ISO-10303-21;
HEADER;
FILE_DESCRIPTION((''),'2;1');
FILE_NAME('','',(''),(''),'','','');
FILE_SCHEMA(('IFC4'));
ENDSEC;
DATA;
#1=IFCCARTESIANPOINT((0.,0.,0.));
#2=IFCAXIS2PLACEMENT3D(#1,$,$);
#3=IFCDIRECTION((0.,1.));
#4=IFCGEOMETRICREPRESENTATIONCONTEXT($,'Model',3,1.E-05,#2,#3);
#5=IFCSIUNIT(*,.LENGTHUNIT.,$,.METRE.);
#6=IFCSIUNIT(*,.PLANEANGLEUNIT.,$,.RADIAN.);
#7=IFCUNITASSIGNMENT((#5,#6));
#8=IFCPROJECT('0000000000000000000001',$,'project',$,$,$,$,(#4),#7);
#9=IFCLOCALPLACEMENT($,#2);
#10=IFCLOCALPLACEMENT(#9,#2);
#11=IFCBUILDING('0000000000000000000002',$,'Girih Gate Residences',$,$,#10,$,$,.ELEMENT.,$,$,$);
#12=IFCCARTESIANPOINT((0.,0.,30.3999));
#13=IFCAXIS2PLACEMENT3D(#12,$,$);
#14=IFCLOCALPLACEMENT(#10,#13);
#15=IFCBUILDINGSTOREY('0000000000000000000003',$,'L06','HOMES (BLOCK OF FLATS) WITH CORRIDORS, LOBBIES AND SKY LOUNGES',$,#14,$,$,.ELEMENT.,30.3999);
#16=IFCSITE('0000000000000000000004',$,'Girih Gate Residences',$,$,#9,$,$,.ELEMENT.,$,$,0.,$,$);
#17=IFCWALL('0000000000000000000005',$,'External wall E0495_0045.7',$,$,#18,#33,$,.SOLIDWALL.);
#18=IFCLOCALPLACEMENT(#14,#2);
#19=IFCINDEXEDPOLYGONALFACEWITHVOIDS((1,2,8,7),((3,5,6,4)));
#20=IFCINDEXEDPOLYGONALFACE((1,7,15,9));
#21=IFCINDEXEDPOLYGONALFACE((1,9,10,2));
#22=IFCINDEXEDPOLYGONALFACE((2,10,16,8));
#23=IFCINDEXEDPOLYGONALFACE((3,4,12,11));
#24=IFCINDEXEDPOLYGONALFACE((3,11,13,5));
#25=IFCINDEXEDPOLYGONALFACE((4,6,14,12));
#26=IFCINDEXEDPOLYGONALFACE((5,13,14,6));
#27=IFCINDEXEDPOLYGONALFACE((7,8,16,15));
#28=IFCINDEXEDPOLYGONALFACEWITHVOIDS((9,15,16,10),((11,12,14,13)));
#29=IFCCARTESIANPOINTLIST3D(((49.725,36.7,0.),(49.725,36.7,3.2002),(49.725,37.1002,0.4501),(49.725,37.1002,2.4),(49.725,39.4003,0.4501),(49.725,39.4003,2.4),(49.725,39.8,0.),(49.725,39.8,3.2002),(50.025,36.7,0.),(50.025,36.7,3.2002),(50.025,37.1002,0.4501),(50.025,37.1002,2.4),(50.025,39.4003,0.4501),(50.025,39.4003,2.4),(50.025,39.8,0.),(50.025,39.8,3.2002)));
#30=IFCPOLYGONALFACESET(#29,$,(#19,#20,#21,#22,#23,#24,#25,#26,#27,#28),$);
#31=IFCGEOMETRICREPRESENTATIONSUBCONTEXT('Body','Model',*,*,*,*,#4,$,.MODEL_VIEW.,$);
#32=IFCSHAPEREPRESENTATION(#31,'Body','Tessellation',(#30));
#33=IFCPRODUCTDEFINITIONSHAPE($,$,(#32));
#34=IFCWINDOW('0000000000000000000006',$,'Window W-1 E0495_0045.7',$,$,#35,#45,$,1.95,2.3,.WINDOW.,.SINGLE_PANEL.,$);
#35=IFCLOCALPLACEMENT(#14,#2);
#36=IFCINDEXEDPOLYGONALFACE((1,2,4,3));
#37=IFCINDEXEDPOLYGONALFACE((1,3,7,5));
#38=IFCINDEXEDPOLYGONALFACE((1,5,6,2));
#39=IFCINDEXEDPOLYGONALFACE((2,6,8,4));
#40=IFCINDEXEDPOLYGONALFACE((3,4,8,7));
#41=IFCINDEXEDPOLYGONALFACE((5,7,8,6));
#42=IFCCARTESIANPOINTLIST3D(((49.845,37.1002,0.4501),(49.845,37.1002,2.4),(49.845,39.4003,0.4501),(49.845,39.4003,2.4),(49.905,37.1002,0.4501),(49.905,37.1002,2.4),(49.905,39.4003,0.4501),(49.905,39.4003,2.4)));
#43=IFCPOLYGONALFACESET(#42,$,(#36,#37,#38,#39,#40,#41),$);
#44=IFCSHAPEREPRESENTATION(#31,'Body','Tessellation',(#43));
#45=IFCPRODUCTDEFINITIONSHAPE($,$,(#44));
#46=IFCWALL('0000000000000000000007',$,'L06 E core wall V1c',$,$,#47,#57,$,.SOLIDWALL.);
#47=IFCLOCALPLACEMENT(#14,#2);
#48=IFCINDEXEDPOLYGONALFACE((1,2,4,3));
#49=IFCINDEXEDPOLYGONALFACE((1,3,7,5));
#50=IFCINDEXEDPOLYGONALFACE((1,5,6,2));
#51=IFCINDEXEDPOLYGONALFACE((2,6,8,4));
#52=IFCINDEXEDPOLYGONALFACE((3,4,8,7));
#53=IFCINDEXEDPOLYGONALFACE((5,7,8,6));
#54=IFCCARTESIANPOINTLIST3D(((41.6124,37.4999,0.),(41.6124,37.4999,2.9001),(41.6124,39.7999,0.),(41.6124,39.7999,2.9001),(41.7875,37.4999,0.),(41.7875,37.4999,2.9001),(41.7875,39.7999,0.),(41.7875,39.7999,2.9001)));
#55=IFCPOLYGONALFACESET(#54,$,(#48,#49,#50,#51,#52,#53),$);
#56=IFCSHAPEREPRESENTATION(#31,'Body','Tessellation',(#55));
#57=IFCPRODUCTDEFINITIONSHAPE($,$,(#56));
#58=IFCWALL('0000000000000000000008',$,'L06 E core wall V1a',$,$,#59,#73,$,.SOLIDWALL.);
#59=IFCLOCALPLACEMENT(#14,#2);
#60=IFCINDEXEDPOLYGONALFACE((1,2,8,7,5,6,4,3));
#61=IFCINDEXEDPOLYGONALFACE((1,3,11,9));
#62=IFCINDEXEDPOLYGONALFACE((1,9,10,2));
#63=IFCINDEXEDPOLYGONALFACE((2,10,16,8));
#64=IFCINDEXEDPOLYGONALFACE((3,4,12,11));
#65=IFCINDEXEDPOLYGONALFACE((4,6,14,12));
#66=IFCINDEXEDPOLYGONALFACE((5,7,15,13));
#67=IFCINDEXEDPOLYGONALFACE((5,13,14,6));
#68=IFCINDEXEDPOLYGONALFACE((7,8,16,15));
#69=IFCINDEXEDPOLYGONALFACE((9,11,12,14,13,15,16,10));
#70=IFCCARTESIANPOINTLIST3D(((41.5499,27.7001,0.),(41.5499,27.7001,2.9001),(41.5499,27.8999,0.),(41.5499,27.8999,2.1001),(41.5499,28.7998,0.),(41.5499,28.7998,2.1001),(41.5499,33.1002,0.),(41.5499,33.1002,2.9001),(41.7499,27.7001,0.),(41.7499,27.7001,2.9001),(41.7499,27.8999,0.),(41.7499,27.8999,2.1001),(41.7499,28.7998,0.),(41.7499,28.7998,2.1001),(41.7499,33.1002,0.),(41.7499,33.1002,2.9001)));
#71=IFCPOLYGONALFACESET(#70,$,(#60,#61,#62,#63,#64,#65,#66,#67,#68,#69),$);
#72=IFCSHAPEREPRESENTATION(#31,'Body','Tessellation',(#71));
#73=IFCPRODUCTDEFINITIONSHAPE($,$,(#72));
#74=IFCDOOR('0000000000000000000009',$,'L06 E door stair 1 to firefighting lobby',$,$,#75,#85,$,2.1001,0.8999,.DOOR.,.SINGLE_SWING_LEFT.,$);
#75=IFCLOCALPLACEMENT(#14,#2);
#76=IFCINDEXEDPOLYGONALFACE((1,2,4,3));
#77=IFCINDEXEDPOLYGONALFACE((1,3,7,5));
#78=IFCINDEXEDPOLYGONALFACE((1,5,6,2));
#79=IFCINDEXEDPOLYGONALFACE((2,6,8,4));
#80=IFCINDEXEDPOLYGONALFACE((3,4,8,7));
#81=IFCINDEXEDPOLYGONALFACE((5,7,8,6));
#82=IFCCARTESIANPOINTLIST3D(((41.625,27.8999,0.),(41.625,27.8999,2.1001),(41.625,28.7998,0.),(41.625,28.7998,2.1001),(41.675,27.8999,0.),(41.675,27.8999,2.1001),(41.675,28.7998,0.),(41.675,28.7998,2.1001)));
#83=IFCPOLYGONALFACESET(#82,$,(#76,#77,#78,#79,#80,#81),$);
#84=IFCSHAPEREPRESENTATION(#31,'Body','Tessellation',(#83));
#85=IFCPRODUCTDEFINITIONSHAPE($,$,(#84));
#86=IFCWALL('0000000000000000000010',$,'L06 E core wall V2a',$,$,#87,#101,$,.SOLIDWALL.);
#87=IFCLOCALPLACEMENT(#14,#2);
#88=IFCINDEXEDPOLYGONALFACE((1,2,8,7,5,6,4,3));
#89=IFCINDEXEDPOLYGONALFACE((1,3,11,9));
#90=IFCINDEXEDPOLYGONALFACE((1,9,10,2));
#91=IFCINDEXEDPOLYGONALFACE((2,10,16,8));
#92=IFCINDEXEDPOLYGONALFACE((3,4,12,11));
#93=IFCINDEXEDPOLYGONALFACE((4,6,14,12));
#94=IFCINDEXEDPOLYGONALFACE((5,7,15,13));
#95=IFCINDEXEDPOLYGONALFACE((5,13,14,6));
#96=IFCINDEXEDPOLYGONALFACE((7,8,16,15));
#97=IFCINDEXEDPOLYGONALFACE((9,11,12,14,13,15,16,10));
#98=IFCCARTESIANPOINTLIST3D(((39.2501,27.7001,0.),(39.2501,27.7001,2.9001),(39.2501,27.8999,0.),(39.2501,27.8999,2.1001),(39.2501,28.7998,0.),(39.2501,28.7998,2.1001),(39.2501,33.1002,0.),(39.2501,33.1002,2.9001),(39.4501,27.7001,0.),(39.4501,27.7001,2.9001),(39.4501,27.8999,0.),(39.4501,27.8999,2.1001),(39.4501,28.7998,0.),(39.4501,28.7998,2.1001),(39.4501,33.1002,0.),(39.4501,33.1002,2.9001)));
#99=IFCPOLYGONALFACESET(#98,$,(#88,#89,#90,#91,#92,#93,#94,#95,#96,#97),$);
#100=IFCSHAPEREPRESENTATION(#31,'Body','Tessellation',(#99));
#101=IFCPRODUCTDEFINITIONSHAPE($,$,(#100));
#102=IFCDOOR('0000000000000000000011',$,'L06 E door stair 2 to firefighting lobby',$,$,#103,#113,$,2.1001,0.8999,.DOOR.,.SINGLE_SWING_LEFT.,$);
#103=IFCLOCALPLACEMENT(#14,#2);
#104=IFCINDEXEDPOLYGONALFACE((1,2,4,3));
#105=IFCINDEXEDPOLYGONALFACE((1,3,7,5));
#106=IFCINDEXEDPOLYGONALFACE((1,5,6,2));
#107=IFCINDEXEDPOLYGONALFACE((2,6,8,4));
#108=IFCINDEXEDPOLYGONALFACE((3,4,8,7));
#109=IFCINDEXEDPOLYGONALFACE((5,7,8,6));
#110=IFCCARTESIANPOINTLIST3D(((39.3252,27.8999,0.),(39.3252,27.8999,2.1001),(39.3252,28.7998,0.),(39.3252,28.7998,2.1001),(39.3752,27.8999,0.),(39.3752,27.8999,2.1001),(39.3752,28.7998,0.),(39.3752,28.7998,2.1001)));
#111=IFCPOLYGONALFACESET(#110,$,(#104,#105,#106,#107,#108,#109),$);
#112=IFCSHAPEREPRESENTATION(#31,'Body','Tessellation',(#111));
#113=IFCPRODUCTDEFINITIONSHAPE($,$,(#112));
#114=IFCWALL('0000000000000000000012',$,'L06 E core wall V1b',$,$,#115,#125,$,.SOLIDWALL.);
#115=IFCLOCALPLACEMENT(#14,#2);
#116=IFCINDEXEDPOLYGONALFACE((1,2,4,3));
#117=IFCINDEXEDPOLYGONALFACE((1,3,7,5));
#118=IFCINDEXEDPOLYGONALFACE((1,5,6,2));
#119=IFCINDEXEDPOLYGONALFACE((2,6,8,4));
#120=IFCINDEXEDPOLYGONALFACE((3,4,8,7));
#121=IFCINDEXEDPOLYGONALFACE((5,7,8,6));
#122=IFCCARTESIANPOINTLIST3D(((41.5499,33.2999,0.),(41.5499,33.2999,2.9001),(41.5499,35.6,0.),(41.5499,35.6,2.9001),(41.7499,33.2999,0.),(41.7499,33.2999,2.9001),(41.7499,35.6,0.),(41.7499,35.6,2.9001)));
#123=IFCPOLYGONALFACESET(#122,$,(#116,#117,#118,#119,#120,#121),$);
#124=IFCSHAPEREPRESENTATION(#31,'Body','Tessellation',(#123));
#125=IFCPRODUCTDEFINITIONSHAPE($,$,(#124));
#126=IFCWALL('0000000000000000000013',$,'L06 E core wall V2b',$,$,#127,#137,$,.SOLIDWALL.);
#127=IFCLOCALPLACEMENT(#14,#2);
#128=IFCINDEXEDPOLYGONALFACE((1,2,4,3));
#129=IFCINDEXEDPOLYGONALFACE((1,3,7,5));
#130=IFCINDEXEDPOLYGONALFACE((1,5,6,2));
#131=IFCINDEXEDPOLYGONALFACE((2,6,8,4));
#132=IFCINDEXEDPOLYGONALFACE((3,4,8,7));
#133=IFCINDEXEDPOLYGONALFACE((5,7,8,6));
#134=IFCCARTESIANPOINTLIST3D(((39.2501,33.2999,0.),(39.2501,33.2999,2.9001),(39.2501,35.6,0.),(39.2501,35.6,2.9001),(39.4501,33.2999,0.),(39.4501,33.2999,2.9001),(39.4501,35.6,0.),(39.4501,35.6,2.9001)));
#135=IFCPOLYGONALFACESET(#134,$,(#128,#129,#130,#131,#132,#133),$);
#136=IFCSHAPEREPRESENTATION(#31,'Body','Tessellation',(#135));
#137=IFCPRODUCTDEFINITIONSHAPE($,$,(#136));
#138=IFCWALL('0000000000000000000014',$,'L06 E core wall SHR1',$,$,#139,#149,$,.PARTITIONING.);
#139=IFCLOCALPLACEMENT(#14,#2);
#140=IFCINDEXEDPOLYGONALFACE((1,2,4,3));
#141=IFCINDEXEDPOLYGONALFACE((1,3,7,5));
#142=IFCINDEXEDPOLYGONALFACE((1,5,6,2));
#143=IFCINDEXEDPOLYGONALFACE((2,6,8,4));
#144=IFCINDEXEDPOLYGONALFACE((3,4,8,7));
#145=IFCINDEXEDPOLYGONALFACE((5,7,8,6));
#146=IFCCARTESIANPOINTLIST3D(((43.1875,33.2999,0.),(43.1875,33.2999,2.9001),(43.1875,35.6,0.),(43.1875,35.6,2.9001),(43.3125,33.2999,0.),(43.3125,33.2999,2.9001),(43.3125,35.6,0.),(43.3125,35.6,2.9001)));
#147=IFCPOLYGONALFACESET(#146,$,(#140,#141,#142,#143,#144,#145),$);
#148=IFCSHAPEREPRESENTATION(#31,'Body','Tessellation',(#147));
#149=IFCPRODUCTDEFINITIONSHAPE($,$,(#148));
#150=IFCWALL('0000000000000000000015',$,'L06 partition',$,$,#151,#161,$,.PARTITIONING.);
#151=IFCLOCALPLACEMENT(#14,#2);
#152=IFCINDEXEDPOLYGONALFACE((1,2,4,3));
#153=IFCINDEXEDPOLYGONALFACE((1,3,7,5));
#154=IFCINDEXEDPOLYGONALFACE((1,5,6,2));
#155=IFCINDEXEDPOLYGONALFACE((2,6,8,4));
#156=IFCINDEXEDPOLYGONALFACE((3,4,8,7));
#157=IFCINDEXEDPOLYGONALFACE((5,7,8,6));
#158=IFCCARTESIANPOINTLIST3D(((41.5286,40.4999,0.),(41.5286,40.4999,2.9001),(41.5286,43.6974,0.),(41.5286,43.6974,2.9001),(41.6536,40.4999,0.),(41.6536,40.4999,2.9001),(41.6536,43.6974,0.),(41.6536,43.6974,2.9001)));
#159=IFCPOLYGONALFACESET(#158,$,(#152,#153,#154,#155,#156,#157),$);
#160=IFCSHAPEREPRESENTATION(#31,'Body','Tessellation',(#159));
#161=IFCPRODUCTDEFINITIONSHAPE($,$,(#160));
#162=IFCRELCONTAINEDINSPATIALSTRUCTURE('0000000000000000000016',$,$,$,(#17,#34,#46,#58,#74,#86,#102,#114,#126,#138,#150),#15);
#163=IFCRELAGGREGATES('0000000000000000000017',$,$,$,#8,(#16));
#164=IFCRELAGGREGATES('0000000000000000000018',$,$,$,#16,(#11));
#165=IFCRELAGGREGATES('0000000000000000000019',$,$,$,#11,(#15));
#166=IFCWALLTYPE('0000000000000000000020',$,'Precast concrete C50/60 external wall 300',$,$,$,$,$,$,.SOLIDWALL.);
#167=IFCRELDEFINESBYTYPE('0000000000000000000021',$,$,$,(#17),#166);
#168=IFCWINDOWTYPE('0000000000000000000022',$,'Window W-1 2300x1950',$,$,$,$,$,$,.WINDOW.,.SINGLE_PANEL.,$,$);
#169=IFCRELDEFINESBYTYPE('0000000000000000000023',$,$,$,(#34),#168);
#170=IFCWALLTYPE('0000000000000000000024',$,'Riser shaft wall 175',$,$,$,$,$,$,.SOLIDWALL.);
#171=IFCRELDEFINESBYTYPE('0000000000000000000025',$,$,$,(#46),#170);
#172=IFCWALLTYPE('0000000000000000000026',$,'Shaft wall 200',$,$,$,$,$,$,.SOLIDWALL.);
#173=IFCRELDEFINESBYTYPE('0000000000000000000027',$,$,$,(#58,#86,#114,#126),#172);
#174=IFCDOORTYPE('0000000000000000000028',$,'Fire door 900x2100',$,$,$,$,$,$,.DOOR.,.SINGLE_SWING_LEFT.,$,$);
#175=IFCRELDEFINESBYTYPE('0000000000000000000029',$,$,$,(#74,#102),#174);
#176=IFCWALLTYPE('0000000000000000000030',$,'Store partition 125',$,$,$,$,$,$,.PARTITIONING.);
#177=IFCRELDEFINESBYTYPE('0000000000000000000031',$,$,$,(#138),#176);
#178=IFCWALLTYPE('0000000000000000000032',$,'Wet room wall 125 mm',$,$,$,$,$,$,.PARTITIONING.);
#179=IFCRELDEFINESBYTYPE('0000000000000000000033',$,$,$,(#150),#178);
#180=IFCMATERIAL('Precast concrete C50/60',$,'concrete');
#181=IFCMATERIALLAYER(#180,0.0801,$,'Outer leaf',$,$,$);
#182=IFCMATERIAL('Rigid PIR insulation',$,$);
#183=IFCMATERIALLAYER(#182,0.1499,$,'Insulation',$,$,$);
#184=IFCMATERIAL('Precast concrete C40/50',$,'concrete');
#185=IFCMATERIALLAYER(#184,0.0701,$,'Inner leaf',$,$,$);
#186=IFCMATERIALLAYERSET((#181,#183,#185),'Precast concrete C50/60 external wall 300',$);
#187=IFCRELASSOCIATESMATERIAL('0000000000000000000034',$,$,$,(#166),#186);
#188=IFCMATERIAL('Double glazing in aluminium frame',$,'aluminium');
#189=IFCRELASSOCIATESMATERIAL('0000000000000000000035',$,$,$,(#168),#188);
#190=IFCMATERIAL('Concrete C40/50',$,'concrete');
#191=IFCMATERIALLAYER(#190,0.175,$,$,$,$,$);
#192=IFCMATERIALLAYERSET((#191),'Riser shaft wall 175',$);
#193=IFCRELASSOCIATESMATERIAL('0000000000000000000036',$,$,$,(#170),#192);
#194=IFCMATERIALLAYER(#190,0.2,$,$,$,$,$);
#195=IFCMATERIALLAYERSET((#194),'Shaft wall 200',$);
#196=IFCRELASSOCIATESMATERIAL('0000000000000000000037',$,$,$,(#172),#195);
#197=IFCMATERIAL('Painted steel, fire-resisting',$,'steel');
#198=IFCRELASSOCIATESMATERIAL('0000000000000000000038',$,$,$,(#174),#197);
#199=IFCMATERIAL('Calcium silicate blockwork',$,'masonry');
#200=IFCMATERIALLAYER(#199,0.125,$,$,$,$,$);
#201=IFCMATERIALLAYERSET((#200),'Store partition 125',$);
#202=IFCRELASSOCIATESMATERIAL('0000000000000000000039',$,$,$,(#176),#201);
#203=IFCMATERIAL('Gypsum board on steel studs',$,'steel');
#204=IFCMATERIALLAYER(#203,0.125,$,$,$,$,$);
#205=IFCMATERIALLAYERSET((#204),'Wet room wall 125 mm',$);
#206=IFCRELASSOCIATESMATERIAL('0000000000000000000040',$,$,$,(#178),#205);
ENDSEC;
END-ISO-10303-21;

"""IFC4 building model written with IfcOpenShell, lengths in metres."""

from ifc_helpers import new_model, si_unit, direction, frame, frame_2d, origin, place, context, subcontext, project, spatial, rectangle, extrude, material, layer, layer_set, type_object, element, fill, save


model = new_model("IFC4")

# Units and contexts
model_context = context("Model", 3, precision=1e-05, world=origin(), true_north=direction((0.0, 1.0)))
body_context = subcontext(model_context, "Body", "Model", "MODEL_VIEW")
ifc_project = project(units=[si_unit("LENGTHUNIT", "METRE"), si_unit("PLANEANGLEUNIT", "RADIAN")], contexts=[model_context])

# Site, building, storey
site_placement = place(None, origin())
site = spatial("IfcSite", under=ifc_project, at=site_placement, Name="Girih Gate Residences", CompositionType="ELEMENT", RefElevation=0.0)
building_placement = place(site_placement, origin())
building = spatial("IfcBuilding", under=site, at=building_placement, Name="Girih Gate Residences", CompositionType="ELEMENT")
storey_placement = place(building_placement, frame((0.0, 0.0, 30.3999)))
storey = spatial("IfcBuildingStorey", under=building, at=storey_placement, Name="L06", Description="HOMES (BLOCK OF FLATS) WITH CORRIDORS, LOBBIES AND SKY LOUNGES", CompositionType="ELEMENT", Elevation=30.3999)

# Shared definitions
ifc_material_1 = material(Name="Gypsum board on steel studs", Category="steel")

# Wall, opening, window
ifc_material_2 = material(Name="Precast concrete C50/60", Category="concrete")
ifc_layer_1 = layer(ifc_material_2, 0.0801, Name="Outer leaf")
ifc_material_3 = material(Name="Rigid PIR insulation")
ifc_layer_2 = layer(ifc_material_3, 0.1499, Name="Insulation")
ifc_material_4 = material(Name="Precast concrete C40/50", Category="concrete")
ifc_layer_3 = layer(ifc_material_4, 0.0701, Name="Inner leaf")
ifc_layer_set_1 = layer_set([ifc_layer_1, ifc_layer_2, ifc_layer_3], Name="Precast concrete C50/60 external wall 300")
wall_type_1 = type_object("IfcWallType", Name="Precast concrete C50/60 external wall 300", PredefinedType="SOLIDWALL", material=ifc_layer_set_1)
ifc_material_5 = material(Name="Double glazing in aluminium frame", Category="aluminium")
window_type = type_object("IfcWindowType", Name="Window W-1 2300x1950", PartitioningType="SINGLE_PANEL", PredefinedType="WINDOW", material=ifc_material_5)
wall_1_placement = place(storey_placement, frame((49.875, 39.8, 0.0), z_axis=(0.0, 0.0, 1.0), x_axis=(0.0, -1.0, 0.0)))
wall_1 = element("IfcWall", 1, at=wall_1_placement, inside=storey, type_object=wall_type_1, Name="External wall E0495_0045.7", PredefinedType="SOLIDWALL", context=body_context, shape_type="SweptSolid", body=[
    extrude(rectangle(XDim=3.1001, YDim=0.3, at=frame_2d((1.55, 0.0))), origin(), (0.0, 0.0, 1.0), 3.2002),
])
opening_1_placement = place(wall_1_placement, frame((0.3999, 0.0, 0.45)))
opening_1 = element("IfcOpeningElement", 2, at=opening_1_placement, cuts=wall_1, PredefinedType="OPENING", context=body_context, shape_type="SweptSolid", body=[
    extrude(rectangle(XDim=2.3, YDim=1.95, at=frame_2d((1.1499, 0.9751))), frame((0.0, 0.1599, 0.0), z_axis=(0.0, -1.0, 0.0), x_axis=(1.0, 0.0, 0.0)), (0.0, 0.0, 1.0), 0.3201),
])
window_1_placement = place(opening_1_placement, origin())
window_1 = element("IfcWindow", 3, at=window_1_placement, inside=storey, type_object=window_type, Name="Window W-1 E0495_0045.7", OverallHeight=1.95, OverallWidth=2.3, PartitioningType="SINGLE_PANEL", PredefinedType="WINDOW", context=body_context, shape_type="SweptSolid", body=[
    extrude(rectangle(XDim=2.3, YDim=1.95, at=frame_2d((1.1499, 0.9751))), frame((0.0, 0.03, 0.0), z_axis=(0.0, -1.0, 0.0), x_axis=(1.0, 0.0, 0.0)), (0.0, 0.0, 1.0), 0.0601),
])
fill(opening_1, window_1)

# Wall
ifc_material_6 = material(Name="Concrete C40/50", Category="concrete")
ifc_layer_4 = layer(ifc_material_6, 0.175)
ifc_layer_set_2 = layer_set([ifc_layer_4], Name="Riser shaft wall 175")
wall_type_2 = type_object("IfcWallType", Name="Riser shaft wall 175", PredefinedType="SOLIDWALL", material=ifc_layer_set_2)
wall_2_placement = place(storey_placement, frame((41.7, 37.5, 0.0), z_axis=(0.0, 0.0, 1.0), x_axis=(0.0, 1.0, 0.0)))
element("IfcWall", 4, at=wall_2_placement, inside=storey, type_object=wall_type_2, Name="L06 E core wall V1c", PredefinedType="SOLIDWALL", context=body_context, shape_type="SweptSolid", body=[
    extrude(rectangle(XDim=2.3, YDim=0.175, at=frame_2d((1.1499, 0.0))), origin(), (0.0, 0.0, 1.0), 2.9001),
])

# Walls, openings, doors
ifc_layer_5 = layer(ifc_material_6, 0.2)
ifc_layer_set_3 = layer_set([ifc_layer_5], Name="Shaft wall 200")
wall_type_3 = type_object("IfcWallType", Name="Shaft wall 200", PredefinedType="SOLIDWALL", material=ifc_layer_set_3)
wall_3_placement = place(storey_placement, frame((41.6499, 27.7, 0.0), z_axis=(0.0, 0.0, 1.0), x_axis=(0.0, 1.0, 0.0)))
wall_3 = element("IfcWall", 5, at=wall_3_placement, inside=storey, type_object=wall_type_3, Name="L06 E core wall V1a", PredefinedType="SOLIDWALL", context=body_context, shape_type="SweptSolid", body=[
    extrude(rectangle(XDim=5.4001, YDim=0.2, at=frame_2d((2.7002, 0.0))), origin(), (0.0, 0.0, 1.0), 2.9001),
])
opening_2_placement = place(wall_3_placement, frame((0.2, 0.0, 0.0)))
opening_2 = element("IfcOpeningElement", 6, at=opening_2_placement, cuts=wall_3, PredefinedType="OPENING", context=body_context, shape_type="SweptSolid", body=[
    extrude(rectangle(XDim=0.8999, YDim=2.1001, at=frame_2d((0.45, 1.05))), frame((0.0, 0.1099, 0.0), z_axis=(0.0, -1.0, 0.0), x_axis=(1.0, 0.0, 0.0)), (0.0, 0.0, 1.0), 0.22),
])
ifc_material_7 = material(Name="Painted steel, fire-resisting", Category="steel")
door_type = type_object("IfcDoorType", Name="Fire door 900x2100", OperationType="SINGLE_SWING_LEFT", PredefinedType="DOOR", material=ifc_material_7)
door_1_placement = place(opening_2_placement, origin())
door_1 = element("IfcDoor", 7, at=door_1_placement, inside=storey, type_object=door_type, Name="L06 E door stair 1 to firefighting lobby", OperationType="SINGLE_SWING_LEFT", OverallHeight=2.1001, OverallWidth=0.8999, PredefinedType="DOOR", context=body_context, shape_type="SweptSolid", body=[
    extrude(rectangle(XDim=0.8999, YDim=2.1001, at=frame_2d((0.45, 1.05))), frame((0.0, 0.0249, 0.0), z_axis=(0.0, -1.0, 0.0), x_axis=(1.0, 0.0, 0.0)), (0.0, 0.0, 1.0), 0.05),
])
fill(opening_2, door_1)
wall_4_placement = place(storey_placement, frame((39.3501, 27.7, 0.0), z_axis=(0.0, 0.0, 1.0), x_axis=(0.0, 1.0, 0.0)))
wall_4 = element("IfcWall", 8, at=wall_4_placement, inside=storey, type_object=wall_type_3, Name="L06 E core wall V2a", PredefinedType="SOLIDWALL", context=body_context, shape_type="SweptSolid", body=[
    extrude(rectangle(XDim=5.4001, YDim=0.2, at=frame_2d((2.7002, 0.0))), origin(), (0.0, 0.0, 1.0), 2.9001),
])
opening_3_placement = place(wall_4_placement, frame((0.2, 0.0, 0.0)))
opening_3 = element("IfcOpeningElement", 9, at=opening_3_placement, cuts=wall_4, PredefinedType="OPENING", context=body_context, shape_type="SweptSolid", body=[
    extrude(rectangle(XDim=0.8999, YDim=2.1001, at=frame_2d((0.45, 1.05))), frame((0.0, 0.1099, 0.0), z_axis=(0.0, -1.0, 0.0), x_axis=(1.0, 0.0, 0.0)), (0.0, 0.0, 1.0), 0.22),
])
door_2_placement = place(opening_3_placement, origin())
door_2 = element("IfcDoor", 10, at=door_2_placement, inside=storey, type_object=door_type, Name="L06 E door stair 2 to firefighting lobby", OperationType="SINGLE_SWING_LEFT", OverallHeight=2.1001, OverallWidth=0.8999, PredefinedType="DOOR", context=body_context, shape_type="SweptSolid", body=[
    extrude(rectangle(XDim=0.8999, YDim=2.1001, at=frame_2d((0.45, 1.05))), frame((0.0, 0.0249, 0.0), z_axis=(0.0, -1.0, 0.0), x_axis=(1.0, 0.0, 0.0)), (0.0, 0.0, 1.0), 0.05),
])
fill(opening_3, door_2)

# Walls
for number, where, z_axis, x_axis, name in (
    (11, (41.6499, 33.3, 0.0), (0.0, 0.0, 1.0), (0.0, 1.0, 0.0), "L06 E core wall V1b"),
    (12, (39.3501, 33.3, 0.0), (0.0, 0.0, 1.0), (0.0, 1.0, 0.0), "L06 E core wall V2b"),
):
    element("IfcWall", number, at=place(storey_placement, frame(where, z_axis=z_axis, x_axis=x_axis)), inside=storey, type_object=wall_type_3, Name=name, PredefinedType="SOLIDWALL", context=body_context, shape_type="SweptSolid", body=[
        extrude(rectangle(XDim=2.3, YDim=0.2, at=frame_2d((1.1499, 0.0))), origin(), (0.0, 0.0, 1.0), 2.9001),
    ])
ifc_material_8 = material(Name="Calcium silicate blockwork", Category="masonry")
ifc_layer_6 = layer(ifc_material_8, 0.125)
ifc_layer_set_4 = layer_set([ifc_layer_6], Name="Store partition 125")
wall_type_4 = type_object("IfcWallType", Name="Store partition 125", PredefinedType="PARTITIONING", material=ifc_layer_set_4)
wall_5_placement = place(storey_placement, frame((43.25, 33.3, 0.0), z_axis=(0.0, 0.0, 1.0), x_axis=(0.0, 1.0, 0.0)))
element("IfcWall", 13, at=wall_5_placement, inside=storey, type_object=wall_type_4, Name="L06 E core wall SHR1", PredefinedType="PARTITIONING", context=body_context, shape_type="SweptSolid", body=[
    extrude(rectangle(XDim=2.3, YDim=0.125, at=frame_2d((1.1499, 0.0))), origin(), (0.0, 0.0, 1.0), 2.9001),
])
ifc_layer_7 = layer(ifc_material_1, 0.125)
ifc_layer_set_5 = layer_set([ifc_layer_7], Name="Wet room wall 125 mm")
wall_type_5 = type_object("IfcWallType", Name="Wet room wall 125 mm", PredefinedType="PARTITIONING", material=ifc_layer_set_5)
wall_6_placement = place(storey_placement, frame((41.5911, 40.5, 0.0), z_axis=(0.0, 0.0, 1.0), x_axis=(0.0, 1.0, 0.0)))
element("IfcWall", 14, at=wall_6_placement, inside=storey, type_object=wall_type_5, Name="L06 partition", PredefinedType="PARTITIONING", context=body_context, shape_type="SweptSolid", body=[
    extrude(rectangle(XDim=3.1975, YDim=0.125, at=frame_2d((1.5986, 0.0))), origin(), (0.0, 0.0, 1.0), 2.9001),
])

save(model, "model.ifc")
